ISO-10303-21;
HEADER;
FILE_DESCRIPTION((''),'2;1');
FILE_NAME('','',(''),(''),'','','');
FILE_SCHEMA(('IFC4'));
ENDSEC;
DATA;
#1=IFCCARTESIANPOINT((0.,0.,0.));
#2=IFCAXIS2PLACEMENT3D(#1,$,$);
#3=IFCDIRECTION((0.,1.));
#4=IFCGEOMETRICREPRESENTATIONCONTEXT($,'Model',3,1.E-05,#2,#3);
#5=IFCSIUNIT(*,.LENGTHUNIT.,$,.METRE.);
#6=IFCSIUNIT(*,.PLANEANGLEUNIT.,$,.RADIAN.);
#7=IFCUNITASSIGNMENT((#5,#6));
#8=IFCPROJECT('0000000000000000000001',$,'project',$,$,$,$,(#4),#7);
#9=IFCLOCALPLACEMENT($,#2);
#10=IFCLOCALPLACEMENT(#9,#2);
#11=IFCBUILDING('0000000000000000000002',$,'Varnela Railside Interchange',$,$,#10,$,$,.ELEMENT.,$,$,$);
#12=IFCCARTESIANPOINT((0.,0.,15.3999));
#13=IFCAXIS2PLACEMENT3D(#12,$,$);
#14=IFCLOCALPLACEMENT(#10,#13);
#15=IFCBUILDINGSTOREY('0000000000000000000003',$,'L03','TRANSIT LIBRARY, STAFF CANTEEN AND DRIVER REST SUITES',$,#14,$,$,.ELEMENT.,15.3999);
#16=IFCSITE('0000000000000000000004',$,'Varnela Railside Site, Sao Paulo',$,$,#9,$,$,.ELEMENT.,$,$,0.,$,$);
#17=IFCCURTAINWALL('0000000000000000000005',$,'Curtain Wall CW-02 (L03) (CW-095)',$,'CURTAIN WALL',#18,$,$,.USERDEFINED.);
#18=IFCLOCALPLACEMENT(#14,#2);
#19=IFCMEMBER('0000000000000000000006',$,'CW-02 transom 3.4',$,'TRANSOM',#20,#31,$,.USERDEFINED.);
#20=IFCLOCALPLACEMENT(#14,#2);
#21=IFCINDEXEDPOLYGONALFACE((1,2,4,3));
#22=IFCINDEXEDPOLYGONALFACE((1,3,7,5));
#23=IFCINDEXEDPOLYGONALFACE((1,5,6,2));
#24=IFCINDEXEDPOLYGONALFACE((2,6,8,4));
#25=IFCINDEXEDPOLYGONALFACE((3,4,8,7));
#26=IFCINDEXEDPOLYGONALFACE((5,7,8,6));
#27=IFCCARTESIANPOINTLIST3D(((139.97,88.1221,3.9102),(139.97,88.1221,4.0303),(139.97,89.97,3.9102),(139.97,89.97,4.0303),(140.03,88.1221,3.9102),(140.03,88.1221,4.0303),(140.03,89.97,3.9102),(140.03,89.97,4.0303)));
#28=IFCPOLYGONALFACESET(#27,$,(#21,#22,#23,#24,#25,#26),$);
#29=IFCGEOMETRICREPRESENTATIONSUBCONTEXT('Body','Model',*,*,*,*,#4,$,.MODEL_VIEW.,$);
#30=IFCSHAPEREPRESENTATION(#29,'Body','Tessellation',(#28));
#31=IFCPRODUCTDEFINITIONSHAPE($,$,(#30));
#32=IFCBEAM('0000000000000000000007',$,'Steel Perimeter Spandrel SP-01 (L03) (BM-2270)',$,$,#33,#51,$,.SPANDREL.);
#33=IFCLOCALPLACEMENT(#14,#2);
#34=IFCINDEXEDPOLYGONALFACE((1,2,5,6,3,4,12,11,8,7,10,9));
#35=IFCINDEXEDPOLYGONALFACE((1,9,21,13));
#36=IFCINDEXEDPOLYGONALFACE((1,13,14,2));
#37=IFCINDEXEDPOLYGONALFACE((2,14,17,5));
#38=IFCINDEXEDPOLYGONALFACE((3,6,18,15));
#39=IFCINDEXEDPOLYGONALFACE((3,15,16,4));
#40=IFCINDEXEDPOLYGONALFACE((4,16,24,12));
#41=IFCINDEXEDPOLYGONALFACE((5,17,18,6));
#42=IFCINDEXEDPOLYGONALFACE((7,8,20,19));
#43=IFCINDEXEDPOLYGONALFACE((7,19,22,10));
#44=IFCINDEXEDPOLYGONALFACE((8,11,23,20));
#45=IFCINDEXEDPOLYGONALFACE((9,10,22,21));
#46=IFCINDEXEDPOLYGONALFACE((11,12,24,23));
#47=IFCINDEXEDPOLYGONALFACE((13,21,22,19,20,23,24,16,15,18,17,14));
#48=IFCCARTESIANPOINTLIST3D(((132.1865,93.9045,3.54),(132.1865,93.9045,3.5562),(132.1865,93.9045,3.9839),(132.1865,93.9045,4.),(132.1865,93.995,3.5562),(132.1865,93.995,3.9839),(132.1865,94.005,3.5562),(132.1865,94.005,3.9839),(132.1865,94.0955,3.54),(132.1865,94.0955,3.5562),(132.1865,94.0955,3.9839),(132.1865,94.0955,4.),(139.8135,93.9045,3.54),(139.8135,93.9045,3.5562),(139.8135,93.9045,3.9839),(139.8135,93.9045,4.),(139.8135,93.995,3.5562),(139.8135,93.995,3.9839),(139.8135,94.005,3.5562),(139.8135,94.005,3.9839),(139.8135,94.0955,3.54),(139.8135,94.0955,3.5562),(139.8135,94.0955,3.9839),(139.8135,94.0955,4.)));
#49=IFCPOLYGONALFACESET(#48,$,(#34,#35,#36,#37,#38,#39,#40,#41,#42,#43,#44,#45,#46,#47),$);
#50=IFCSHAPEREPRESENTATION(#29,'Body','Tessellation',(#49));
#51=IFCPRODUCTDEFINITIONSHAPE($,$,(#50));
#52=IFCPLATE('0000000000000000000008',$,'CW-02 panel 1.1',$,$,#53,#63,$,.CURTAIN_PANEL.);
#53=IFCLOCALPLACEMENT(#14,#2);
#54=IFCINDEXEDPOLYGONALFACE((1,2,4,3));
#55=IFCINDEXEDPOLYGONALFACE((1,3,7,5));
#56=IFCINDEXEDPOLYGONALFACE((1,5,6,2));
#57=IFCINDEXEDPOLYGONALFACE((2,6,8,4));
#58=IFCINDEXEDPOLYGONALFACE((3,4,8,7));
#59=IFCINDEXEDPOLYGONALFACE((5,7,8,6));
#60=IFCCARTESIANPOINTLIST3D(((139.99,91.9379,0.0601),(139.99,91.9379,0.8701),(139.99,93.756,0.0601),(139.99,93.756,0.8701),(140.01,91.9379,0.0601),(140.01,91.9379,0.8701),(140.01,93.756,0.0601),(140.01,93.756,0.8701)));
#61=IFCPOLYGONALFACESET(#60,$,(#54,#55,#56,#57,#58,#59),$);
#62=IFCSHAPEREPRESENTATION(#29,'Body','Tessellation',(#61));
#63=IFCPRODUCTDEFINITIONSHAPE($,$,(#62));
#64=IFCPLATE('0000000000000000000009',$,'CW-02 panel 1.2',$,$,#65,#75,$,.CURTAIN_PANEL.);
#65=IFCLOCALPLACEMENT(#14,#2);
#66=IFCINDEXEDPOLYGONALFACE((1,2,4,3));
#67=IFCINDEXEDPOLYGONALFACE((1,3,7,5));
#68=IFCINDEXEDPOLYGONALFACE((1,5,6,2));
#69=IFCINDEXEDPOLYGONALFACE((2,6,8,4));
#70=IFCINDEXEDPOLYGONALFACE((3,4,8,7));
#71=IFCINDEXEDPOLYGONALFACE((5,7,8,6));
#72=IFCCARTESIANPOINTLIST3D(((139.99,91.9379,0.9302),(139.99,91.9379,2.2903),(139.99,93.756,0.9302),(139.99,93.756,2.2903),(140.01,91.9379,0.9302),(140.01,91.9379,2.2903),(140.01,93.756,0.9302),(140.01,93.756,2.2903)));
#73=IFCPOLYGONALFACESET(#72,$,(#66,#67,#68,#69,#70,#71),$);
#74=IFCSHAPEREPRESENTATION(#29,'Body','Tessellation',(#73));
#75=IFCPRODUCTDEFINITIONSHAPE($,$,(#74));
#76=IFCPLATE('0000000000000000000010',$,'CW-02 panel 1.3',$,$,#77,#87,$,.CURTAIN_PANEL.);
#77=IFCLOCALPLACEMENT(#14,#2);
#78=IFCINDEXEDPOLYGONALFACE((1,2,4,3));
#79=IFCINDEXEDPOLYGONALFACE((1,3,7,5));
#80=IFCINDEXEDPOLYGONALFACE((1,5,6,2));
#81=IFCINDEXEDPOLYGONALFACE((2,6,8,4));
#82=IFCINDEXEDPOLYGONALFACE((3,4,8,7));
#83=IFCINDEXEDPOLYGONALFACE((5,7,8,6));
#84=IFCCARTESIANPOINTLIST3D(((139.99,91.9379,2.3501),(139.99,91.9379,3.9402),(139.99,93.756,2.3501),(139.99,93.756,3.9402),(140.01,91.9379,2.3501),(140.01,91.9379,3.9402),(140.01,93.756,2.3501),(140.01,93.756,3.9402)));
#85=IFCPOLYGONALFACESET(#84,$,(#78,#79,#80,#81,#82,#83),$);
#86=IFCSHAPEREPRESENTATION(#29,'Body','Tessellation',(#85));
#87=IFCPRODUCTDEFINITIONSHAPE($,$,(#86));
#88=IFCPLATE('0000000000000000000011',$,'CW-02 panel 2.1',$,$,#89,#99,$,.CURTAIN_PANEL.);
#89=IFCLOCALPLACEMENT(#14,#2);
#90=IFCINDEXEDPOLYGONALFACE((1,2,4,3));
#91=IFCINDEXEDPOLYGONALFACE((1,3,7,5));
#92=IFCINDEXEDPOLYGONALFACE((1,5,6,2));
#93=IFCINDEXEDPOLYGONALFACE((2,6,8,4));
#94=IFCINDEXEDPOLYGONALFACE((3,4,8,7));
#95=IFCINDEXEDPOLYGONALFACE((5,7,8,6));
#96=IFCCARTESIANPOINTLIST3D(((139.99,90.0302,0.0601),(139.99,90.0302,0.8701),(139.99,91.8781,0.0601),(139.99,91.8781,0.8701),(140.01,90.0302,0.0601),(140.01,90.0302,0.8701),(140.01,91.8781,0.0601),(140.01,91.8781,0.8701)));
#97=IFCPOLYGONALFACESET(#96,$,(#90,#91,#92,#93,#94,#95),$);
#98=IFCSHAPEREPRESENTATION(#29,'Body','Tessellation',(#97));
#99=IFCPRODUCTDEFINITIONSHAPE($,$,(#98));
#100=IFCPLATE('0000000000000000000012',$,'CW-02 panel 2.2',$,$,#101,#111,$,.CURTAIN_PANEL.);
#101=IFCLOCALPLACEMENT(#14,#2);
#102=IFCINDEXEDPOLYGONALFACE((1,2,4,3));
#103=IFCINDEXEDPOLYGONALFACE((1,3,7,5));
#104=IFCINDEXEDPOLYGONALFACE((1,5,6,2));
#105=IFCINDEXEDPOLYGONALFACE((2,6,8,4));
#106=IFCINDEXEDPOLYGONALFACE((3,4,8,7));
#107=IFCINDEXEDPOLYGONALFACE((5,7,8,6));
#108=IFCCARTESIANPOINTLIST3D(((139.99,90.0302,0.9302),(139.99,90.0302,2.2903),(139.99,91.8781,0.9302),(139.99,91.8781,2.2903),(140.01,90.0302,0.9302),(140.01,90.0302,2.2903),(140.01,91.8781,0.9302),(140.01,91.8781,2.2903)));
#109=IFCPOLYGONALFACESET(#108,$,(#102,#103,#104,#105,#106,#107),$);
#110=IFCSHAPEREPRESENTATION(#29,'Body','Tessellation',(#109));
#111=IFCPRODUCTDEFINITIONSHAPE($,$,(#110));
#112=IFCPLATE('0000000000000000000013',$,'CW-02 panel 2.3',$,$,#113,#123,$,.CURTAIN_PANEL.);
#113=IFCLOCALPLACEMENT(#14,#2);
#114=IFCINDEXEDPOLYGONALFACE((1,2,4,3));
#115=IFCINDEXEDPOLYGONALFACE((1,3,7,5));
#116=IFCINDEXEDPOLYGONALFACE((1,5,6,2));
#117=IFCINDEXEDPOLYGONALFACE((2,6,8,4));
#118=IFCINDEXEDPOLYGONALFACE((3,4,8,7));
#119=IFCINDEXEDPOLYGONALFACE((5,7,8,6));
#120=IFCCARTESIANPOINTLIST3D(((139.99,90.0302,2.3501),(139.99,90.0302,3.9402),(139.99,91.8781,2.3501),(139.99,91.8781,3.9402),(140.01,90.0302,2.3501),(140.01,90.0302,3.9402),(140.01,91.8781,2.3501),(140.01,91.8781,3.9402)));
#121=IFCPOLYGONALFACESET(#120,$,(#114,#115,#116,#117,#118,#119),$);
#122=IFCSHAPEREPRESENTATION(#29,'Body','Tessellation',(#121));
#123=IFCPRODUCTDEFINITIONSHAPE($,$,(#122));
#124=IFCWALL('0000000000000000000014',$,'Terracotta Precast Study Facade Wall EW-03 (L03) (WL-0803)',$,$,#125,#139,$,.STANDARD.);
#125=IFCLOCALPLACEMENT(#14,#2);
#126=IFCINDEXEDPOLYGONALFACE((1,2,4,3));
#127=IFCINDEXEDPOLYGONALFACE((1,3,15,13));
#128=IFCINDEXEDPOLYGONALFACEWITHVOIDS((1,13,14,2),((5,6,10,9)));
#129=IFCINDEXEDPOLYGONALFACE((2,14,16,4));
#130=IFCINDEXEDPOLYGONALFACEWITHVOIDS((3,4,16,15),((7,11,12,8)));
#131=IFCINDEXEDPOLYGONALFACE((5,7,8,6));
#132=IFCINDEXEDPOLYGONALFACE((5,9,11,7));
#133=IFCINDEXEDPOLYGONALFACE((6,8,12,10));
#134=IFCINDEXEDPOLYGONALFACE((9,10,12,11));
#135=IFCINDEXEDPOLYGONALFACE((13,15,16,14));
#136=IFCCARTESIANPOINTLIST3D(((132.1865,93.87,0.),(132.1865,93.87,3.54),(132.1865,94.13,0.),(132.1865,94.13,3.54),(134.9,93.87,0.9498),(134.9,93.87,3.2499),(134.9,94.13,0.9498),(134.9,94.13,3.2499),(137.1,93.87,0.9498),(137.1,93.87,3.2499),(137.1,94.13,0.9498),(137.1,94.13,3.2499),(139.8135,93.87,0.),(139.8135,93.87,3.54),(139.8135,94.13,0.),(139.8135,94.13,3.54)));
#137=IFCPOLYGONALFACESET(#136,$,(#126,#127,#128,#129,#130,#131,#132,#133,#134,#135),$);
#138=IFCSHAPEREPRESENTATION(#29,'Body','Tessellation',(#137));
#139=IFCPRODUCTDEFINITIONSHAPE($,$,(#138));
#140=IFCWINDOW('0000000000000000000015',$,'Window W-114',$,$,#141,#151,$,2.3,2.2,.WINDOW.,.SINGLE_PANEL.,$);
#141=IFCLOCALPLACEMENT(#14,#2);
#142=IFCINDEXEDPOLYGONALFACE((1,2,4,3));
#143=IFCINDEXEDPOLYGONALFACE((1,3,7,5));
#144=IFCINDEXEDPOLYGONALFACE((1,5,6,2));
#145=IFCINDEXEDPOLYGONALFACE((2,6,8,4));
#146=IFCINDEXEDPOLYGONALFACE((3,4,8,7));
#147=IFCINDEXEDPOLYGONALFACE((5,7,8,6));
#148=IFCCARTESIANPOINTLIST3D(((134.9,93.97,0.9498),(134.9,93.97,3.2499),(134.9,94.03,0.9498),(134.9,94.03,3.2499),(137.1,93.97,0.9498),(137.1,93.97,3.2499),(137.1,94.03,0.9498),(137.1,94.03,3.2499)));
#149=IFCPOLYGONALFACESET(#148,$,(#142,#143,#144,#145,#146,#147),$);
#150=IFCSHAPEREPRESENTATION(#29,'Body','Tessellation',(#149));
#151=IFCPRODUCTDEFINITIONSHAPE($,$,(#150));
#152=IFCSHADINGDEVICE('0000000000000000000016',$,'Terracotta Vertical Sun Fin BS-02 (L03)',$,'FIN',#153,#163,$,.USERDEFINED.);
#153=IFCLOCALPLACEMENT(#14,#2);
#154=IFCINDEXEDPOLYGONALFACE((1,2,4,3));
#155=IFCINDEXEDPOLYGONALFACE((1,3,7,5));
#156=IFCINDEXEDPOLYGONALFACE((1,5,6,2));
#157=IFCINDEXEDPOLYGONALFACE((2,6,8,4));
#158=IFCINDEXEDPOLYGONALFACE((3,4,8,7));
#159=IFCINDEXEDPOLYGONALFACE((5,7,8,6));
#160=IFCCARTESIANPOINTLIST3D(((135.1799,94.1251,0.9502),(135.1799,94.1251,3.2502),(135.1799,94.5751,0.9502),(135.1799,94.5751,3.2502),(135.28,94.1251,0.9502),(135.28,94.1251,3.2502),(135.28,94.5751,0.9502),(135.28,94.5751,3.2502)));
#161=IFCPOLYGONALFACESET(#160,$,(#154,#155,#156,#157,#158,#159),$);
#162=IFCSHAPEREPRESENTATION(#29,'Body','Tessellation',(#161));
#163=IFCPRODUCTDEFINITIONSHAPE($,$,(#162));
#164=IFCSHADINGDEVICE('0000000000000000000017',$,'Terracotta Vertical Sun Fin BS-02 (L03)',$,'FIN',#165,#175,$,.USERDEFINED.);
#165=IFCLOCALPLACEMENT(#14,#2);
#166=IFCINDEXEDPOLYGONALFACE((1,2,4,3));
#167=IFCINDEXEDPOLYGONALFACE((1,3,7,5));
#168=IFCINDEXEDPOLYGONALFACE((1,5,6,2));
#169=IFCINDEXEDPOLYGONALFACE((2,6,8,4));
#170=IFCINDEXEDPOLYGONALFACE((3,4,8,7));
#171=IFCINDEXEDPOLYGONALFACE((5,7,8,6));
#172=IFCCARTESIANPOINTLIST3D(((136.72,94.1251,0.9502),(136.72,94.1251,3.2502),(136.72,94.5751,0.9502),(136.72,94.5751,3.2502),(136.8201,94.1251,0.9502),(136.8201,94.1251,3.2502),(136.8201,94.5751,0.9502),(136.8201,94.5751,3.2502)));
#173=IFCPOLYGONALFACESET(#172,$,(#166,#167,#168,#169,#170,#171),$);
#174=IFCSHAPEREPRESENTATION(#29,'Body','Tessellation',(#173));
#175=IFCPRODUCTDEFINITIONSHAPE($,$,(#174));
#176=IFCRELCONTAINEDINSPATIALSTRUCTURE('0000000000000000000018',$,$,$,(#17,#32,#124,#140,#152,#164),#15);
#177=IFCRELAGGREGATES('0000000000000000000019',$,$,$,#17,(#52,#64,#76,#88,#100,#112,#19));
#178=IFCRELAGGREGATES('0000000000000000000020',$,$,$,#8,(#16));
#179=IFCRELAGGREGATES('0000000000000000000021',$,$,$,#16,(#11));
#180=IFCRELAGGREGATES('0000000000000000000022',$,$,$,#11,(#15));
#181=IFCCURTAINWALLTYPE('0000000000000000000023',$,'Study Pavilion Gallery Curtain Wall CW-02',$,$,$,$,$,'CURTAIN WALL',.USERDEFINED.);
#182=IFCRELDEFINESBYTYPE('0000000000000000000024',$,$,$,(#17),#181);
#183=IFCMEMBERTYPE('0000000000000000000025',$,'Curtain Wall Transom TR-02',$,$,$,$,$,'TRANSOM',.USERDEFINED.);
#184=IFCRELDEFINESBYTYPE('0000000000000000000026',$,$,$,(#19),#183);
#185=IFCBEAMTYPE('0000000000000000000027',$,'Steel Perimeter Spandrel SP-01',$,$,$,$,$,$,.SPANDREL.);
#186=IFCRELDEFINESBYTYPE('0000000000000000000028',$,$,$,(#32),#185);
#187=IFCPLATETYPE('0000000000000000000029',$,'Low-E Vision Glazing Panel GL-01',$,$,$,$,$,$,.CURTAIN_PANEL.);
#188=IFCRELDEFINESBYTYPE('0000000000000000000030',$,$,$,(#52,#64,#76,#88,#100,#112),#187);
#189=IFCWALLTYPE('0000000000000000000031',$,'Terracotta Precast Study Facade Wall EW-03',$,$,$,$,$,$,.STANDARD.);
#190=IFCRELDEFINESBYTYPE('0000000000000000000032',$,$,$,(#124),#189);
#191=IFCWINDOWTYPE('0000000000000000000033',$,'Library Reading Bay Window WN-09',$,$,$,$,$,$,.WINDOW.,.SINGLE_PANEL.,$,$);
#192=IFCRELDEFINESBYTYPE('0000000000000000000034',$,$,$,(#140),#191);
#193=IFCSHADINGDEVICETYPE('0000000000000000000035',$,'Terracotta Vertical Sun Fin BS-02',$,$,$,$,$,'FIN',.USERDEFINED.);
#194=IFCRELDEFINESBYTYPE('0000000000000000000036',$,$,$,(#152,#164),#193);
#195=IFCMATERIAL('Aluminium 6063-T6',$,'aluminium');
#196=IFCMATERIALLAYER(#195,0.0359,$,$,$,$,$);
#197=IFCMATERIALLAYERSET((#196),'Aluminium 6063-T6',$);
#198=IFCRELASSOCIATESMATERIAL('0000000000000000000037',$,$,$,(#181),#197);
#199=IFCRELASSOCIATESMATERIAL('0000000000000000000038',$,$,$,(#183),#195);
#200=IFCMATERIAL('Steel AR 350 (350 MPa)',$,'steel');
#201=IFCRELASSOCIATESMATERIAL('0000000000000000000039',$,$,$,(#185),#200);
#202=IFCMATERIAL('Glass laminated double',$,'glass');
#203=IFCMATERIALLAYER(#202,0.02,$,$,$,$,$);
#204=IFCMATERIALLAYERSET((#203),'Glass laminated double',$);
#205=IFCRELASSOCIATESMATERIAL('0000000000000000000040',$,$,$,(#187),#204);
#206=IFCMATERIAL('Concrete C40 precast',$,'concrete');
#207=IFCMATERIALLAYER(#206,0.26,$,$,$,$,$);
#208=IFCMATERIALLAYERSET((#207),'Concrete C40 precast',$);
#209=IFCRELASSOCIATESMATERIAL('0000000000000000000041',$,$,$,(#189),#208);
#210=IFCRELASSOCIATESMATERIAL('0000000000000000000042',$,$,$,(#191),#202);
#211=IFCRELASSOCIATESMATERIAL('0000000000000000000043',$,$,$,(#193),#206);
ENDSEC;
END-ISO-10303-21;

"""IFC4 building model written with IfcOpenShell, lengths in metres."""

from ifc_helpers import new_model, si_unit, direction, frame, frame_2d, origin, origin_2d, place, context, subcontext, project, spatial, rectangle, i_section, extrude, material, layer, layer_set, material_profile, profile_set, type_object, element, fill, aggregate, save


model = new_model("IFC4")

# Units and contexts
model_context = context("Model", 3, precision=1e-05, world=origin(), true_north=direction((0.0, 1.0)))
body_context = subcontext(model_context, "Body", "Model", "MODEL_VIEW")
ifc_project = project(units=[si_unit("LENGTHUNIT", "METRE"), si_unit("PLANEANGLEUNIT", "RADIAN")], contexts=[model_context])

# Site, building, storey
site_placement = place(None, origin())
site = spatial("IfcSite", under=ifc_project, at=site_placement, Name="Varnela Railside Site, Sao Paulo", CompositionType="ELEMENT", RefElevation=0.0)
building_placement = place(site_placement, origin())
building = spatial("IfcBuilding", under=site, at=building_placement, Name="Varnela Railside Interchange", CompositionType="ELEMENT")
storey_placement = place(building_placement, frame((0.0, 0.0, 15.3999)))
storey = spatial("IfcBuildingStorey", under=building, at=storey_placement, Name="L03", Description="TRANSIT LIBRARY, STAFF CANTEEN AND DRIVER REST SUITES", CompositionType="ELEMENT", Elevation=15.3999)

# Shared definitions
ifc_material_1 = material(Name="Steel AR 350 (350 MPa)", Category="steel")

# Curtain wall, member
ifc_material_2 = material(Name="Aluminium 6063-T6", Category="aluminium")
ifc_layer_1 = layer(ifc_material_2, 0.0359)
ifc_layer_set_1 = layer_set([ifc_layer_1], Name="Aluminium 6063-T6")
curtain_wall_type = type_object("IfcCurtainWallType", Name="Study Pavilion Gallery Curtain Wall CW-02", ElementType="CURTAIN WALL", PredefinedType="USERDEFINED", material=ifc_layer_set_1)
curtain_wall_placement = place(storey_placement, origin())
curtain_wall = element("IfcCurtainWall", 1, at=curtain_wall_placement, inside=storey, type_object=curtain_wall_type, Name="Curtain Wall CW-02 (L03) (CW-095)", ObjectType="CURTAIN WALL", PredefinedType="USERDEFINED")
ifc_material_profile_1 = material_profile(ifc_material_2, rectangle(XDim=0.0601, YDim=0.1201, at=origin_2d()), Name="ALU 60x120")
ifc_profile_set_1 = profile_set([ifc_material_profile_1], Name="Aluminium 6063-T6")
member_type_1 = type_object("IfcMemberType", Name="Curtain Wall Transom TR-02", ElementType="TRANSOM", PredefinedType="USERDEFINED", material=ifc_profile_set_1)
member_1_placement = place(storey_placement, frame((140.0, 89.97, 3.9702), z_axis=(0.0, -1.0, 0.0), x_axis=(1.0, 0.0, 0.0)))
member_1 = element("IfcMember", 2, at=member_1_placement, type_object=member_type_1, Name="CW-02 transom 3.4", ObjectType="TRANSOM", PredefinedType="USERDEFINED", context=body_context, shape_type="SweptSolid", body=[
    extrude(rectangle(XDim=0.0601, YDim=0.1201, at=origin_2d()), origin(), (0.0, 0.0, 1.0), 1.8479),
])

# Beam
ifc_material_profile_2 = material_profile(ifc_material_1, i_section(OverallWidth=0.1909, OverallDepth=0.46, WebThickness=0.01, FlangeThickness=0.0161, at=origin_2d()), Name="W460x82")
ifc_profile_set_2 = profile_set([ifc_material_profile_2], Name="Steel AR 350 (350 MPa)")
beam_type = type_object("IfcBeamType", Name="Steel Perimeter Spandrel SP-01", PredefinedType="SPANDREL", material=ifc_profile_set_2)
beam_placement = place(storey_placement, frame((132.1865, 94.0, 3.77), z_axis=(1.0, 0.0, 0.0), x_axis=(0.0, 1.0, 0.0)))
element("IfcBeam", 3, at=beam_placement, inside=storey, type_object=beam_type, Name="Steel Perimeter Spandrel SP-01 (L03) (BM-2270)", PredefinedType="SPANDREL", context=body_context, shape_type="SweptSolid", body=[
    extrude(i_section(OverallWidth=0.1909, OverallDepth=0.46, WebThickness=0.01, FlangeThickness=0.0161, at=origin_2d()), origin(), (0.0, 0.0, 1.0), 7.627),
])

# Plates
ifc_material_3 = material(Name="Glass laminated double", Category="glass")
ifc_layer_2 = layer(ifc_material_3, 0.02)
ifc_layer_set_2 = layer_set([ifc_layer_2], Name="Glass laminated double")
plate_type = type_object("IfcPlateType", Name="Low-E Vision Glazing Panel GL-01", PredefinedType="CURTAIN_PANEL", material=ifc_layer_set_2)
plate_1_placement = place(storey_placement, frame((140.0, 92.8469, 0.0601), z_axis=(0.0, 0.0, 1.0), x_axis=(0.0, -1.0, 0.0)))
plate_1 = element("IfcPlate", 4, at=plate_1_placement, type_object=plate_type, Name="CW-02 panel 1.1", PredefinedType="CURTAIN_PANEL", context=body_context, shape_type="SweptSolid", body=[
    extrude(rectangle(XDim=1.8181, YDim=0.02, at=origin_2d()), origin(), (0.0, 0.0, 1.0), 0.8101),
])
plate_2_placement = place(storey_placement, frame((140.0, 92.8469, 0.9302), z_axis=(0.0, 0.0, 1.0), x_axis=(0.0, -1.0, 0.0)))
plate_2 = element("IfcPlate", 5, at=plate_2_placement, type_object=plate_type, Name="CW-02 panel 1.2", PredefinedType="CURTAIN_PANEL", context=body_context, shape_type="SweptSolid", body=[
    extrude(rectangle(XDim=1.8181, YDim=0.02, at=origin_2d()), origin(), (0.0, 0.0, 1.0), 1.3601),
])
plate_3_placement = place(storey_placement, frame((140.0, 92.8469, 2.3501), z_axis=(0.0, 0.0, 1.0), x_axis=(0.0, -1.0, 0.0)))
plate_3 = element("IfcPlate", 6, at=plate_3_placement, type_object=plate_type, Name="CW-02 panel 1.3", PredefinedType="CURTAIN_PANEL", context=body_context, shape_type="SweptSolid", body=[
    extrude(rectangle(XDim=1.8181, YDim=0.02, at=origin_2d()), origin(), (0.0, 0.0, 1.0), 1.5901),
])
plate_4_placement = place(storey_placement, frame((140.0, 90.9541, 0.0601), z_axis=(0.0, 0.0, 1.0), x_axis=(0.0, -1.0, 0.0)))
plate_4 = element("IfcPlate", 7, at=plate_4_placement, type_object=plate_type, Name="CW-02 panel 2.1", PredefinedType="CURTAIN_PANEL", context=body_context, shape_type="SweptSolid", body=[
    extrude(rectangle(XDim=1.8479, YDim=0.02, at=origin_2d()), origin(), (0.0, 0.0, 1.0), 0.8101),
])
plate_5_placement = place(storey_placement, frame((140.0, 90.9541, 0.9302), z_axis=(0.0, 0.0, 1.0), x_axis=(0.0, -1.0, 0.0)))
plate_5 = element("IfcPlate", 8, at=plate_5_placement, type_object=plate_type, Name="CW-02 panel 2.2", PredefinedType="CURTAIN_PANEL", context=body_context, shape_type="SweptSolid", body=[
    extrude(rectangle(XDim=1.8479, YDim=0.02, at=origin_2d()), origin(), (0.0, 0.0, 1.0), 1.3601),
])
plate_6_placement = place(storey_placement, frame((140.0, 90.9541, 2.3501), z_axis=(0.0, 0.0, 1.0), x_axis=(0.0, -1.0, 0.0)))
plate_6 = element("IfcPlate", 9, at=plate_6_placement, type_object=plate_type, Name="CW-02 panel 2.3", PredefinedType="CURTAIN_PANEL", context=body_context, shape_type="SweptSolid", body=[
    extrude(rectangle(XDim=1.8479, YDim=0.02, at=origin_2d()), origin(), (0.0, 0.0, 1.0), 1.5901),
])
aggregate(curtain_wall, [plate_1, plate_2, plate_3, plate_4, plate_5, plate_6, member_1])

# Wall, opening, window
ifc_material_4 = material(Name="Concrete C40 precast", Category="concrete")
ifc_layer_3 = layer(ifc_material_4, 0.26)
ifc_layer_set_3 = layer_set([ifc_layer_3], Name="Concrete C40 precast")
wall_type = type_object("IfcWallType", Name="Terracotta Precast Study Facade Wall EW-03", PredefinedType="STANDARD", material=ifc_layer_set_3)
wall_placement = place(storey_placement, frame((132.1865, 94.0, 0.0), z_axis=(0.0, 0.0, 1.0), x_axis=(1.0, 0.0, 0.0)))
wall = element("IfcWall", 10, at=wall_placement, inside=storey, type_object=wall_type, Name="Terracotta Precast Study Facade Wall EW-03 (L03) (WL-0803)", PredefinedType="STANDARD", context=body_context, shape_type="SweptSolid", body=[
    extrude(rectangle(XDim=7.627, YDim=0.26, at=frame_2d((3.8135, 0.0))), origin(), (0.0, 0.0, 1.0), 3.54),
])
opening_placement = place(wall_placement, frame((2.7134, 0.0, 0.95)))
opening = element("IfcOpeningElement", 11, at=opening_placement, cuts=wall, PredefinedType="OPENING", context=body_context, shape_type="SweptSolid", body=[
    extrude(rectangle(XDim=2.2, YDim=2.3, at=frame_2d((1.1001, 1.1499))), frame((0.0, 0.1399, 0.0), z_axis=(0.0, -1.0, 0.0), x_axis=(1.0, 0.0, 0.0)), (0.0, 0.0, 1.0), 0.28),
])
window_type = type_object("IfcWindowType", Name="Library Reading Bay Window WN-09", PartitioningType="SINGLE_PANEL", PredefinedType="WINDOW", material=ifc_material_3)
window_placement = place(opening_placement, origin())
window = element("IfcWindow", 12, at=window_placement, inside=storey, type_object=window_type, Name="Window W-114", OverallHeight=2.3, OverallWidth=2.2, PartitioningType="SINGLE_PANEL", PredefinedType="WINDOW", context=body_context, shape_type="SweptSolid", body=[
    extrude(rectangle(XDim=2.2, YDim=2.3, at=frame_2d((1.1001, 1.1499))), frame((0.0, 0.03, 0.0), z_axis=(0.0, -1.0, 0.0), x_axis=(1.0, 0.0, 0.0)), (0.0, 0.0, 1.0), 0.0601),
])
fill(opening, window)

# Shading devices
shading_device_type = type_object("IfcShadingDeviceType", Name="Terracotta Vertical Sun Fin BS-02", ElementType="FIN", PredefinedType="USERDEFINED", material=ifc_material_4)
for number, where, z_axis, x_axis, name in (
    (13, (135.23, 94.3501, 0.9502), (0.0, 0.0, 1.0), (0.0, 1.0, 0.0), "Terracotta Vertical Sun Fin BS-02 (L03)"),
    (14, (136.77, 94.3501, 0.9502), (0.0, 0.0, 1.0), (0.0, 1.0, 0.0), "Terracotta Vertical Sun Fin BS-02 (L03)"),
):
    element("IfcShadingDevice", number, at=place(storey_placement, frame(where, z_axis=z_axis, x_axis=x_axis)), inside=storey, type_object=shading_device_type, Name=name, ObjectType="FIN", PredefinedType="USERDEFINED", context=body_context, shape_type="SweptSolid", body=[
        extrude(rectangle(XDim=0.45, YDim=0.1001, at=origin_2d()), origin(), (0.0, 0.0, 1.0), 2.3),
    ])

save(model, "model.ifc")
